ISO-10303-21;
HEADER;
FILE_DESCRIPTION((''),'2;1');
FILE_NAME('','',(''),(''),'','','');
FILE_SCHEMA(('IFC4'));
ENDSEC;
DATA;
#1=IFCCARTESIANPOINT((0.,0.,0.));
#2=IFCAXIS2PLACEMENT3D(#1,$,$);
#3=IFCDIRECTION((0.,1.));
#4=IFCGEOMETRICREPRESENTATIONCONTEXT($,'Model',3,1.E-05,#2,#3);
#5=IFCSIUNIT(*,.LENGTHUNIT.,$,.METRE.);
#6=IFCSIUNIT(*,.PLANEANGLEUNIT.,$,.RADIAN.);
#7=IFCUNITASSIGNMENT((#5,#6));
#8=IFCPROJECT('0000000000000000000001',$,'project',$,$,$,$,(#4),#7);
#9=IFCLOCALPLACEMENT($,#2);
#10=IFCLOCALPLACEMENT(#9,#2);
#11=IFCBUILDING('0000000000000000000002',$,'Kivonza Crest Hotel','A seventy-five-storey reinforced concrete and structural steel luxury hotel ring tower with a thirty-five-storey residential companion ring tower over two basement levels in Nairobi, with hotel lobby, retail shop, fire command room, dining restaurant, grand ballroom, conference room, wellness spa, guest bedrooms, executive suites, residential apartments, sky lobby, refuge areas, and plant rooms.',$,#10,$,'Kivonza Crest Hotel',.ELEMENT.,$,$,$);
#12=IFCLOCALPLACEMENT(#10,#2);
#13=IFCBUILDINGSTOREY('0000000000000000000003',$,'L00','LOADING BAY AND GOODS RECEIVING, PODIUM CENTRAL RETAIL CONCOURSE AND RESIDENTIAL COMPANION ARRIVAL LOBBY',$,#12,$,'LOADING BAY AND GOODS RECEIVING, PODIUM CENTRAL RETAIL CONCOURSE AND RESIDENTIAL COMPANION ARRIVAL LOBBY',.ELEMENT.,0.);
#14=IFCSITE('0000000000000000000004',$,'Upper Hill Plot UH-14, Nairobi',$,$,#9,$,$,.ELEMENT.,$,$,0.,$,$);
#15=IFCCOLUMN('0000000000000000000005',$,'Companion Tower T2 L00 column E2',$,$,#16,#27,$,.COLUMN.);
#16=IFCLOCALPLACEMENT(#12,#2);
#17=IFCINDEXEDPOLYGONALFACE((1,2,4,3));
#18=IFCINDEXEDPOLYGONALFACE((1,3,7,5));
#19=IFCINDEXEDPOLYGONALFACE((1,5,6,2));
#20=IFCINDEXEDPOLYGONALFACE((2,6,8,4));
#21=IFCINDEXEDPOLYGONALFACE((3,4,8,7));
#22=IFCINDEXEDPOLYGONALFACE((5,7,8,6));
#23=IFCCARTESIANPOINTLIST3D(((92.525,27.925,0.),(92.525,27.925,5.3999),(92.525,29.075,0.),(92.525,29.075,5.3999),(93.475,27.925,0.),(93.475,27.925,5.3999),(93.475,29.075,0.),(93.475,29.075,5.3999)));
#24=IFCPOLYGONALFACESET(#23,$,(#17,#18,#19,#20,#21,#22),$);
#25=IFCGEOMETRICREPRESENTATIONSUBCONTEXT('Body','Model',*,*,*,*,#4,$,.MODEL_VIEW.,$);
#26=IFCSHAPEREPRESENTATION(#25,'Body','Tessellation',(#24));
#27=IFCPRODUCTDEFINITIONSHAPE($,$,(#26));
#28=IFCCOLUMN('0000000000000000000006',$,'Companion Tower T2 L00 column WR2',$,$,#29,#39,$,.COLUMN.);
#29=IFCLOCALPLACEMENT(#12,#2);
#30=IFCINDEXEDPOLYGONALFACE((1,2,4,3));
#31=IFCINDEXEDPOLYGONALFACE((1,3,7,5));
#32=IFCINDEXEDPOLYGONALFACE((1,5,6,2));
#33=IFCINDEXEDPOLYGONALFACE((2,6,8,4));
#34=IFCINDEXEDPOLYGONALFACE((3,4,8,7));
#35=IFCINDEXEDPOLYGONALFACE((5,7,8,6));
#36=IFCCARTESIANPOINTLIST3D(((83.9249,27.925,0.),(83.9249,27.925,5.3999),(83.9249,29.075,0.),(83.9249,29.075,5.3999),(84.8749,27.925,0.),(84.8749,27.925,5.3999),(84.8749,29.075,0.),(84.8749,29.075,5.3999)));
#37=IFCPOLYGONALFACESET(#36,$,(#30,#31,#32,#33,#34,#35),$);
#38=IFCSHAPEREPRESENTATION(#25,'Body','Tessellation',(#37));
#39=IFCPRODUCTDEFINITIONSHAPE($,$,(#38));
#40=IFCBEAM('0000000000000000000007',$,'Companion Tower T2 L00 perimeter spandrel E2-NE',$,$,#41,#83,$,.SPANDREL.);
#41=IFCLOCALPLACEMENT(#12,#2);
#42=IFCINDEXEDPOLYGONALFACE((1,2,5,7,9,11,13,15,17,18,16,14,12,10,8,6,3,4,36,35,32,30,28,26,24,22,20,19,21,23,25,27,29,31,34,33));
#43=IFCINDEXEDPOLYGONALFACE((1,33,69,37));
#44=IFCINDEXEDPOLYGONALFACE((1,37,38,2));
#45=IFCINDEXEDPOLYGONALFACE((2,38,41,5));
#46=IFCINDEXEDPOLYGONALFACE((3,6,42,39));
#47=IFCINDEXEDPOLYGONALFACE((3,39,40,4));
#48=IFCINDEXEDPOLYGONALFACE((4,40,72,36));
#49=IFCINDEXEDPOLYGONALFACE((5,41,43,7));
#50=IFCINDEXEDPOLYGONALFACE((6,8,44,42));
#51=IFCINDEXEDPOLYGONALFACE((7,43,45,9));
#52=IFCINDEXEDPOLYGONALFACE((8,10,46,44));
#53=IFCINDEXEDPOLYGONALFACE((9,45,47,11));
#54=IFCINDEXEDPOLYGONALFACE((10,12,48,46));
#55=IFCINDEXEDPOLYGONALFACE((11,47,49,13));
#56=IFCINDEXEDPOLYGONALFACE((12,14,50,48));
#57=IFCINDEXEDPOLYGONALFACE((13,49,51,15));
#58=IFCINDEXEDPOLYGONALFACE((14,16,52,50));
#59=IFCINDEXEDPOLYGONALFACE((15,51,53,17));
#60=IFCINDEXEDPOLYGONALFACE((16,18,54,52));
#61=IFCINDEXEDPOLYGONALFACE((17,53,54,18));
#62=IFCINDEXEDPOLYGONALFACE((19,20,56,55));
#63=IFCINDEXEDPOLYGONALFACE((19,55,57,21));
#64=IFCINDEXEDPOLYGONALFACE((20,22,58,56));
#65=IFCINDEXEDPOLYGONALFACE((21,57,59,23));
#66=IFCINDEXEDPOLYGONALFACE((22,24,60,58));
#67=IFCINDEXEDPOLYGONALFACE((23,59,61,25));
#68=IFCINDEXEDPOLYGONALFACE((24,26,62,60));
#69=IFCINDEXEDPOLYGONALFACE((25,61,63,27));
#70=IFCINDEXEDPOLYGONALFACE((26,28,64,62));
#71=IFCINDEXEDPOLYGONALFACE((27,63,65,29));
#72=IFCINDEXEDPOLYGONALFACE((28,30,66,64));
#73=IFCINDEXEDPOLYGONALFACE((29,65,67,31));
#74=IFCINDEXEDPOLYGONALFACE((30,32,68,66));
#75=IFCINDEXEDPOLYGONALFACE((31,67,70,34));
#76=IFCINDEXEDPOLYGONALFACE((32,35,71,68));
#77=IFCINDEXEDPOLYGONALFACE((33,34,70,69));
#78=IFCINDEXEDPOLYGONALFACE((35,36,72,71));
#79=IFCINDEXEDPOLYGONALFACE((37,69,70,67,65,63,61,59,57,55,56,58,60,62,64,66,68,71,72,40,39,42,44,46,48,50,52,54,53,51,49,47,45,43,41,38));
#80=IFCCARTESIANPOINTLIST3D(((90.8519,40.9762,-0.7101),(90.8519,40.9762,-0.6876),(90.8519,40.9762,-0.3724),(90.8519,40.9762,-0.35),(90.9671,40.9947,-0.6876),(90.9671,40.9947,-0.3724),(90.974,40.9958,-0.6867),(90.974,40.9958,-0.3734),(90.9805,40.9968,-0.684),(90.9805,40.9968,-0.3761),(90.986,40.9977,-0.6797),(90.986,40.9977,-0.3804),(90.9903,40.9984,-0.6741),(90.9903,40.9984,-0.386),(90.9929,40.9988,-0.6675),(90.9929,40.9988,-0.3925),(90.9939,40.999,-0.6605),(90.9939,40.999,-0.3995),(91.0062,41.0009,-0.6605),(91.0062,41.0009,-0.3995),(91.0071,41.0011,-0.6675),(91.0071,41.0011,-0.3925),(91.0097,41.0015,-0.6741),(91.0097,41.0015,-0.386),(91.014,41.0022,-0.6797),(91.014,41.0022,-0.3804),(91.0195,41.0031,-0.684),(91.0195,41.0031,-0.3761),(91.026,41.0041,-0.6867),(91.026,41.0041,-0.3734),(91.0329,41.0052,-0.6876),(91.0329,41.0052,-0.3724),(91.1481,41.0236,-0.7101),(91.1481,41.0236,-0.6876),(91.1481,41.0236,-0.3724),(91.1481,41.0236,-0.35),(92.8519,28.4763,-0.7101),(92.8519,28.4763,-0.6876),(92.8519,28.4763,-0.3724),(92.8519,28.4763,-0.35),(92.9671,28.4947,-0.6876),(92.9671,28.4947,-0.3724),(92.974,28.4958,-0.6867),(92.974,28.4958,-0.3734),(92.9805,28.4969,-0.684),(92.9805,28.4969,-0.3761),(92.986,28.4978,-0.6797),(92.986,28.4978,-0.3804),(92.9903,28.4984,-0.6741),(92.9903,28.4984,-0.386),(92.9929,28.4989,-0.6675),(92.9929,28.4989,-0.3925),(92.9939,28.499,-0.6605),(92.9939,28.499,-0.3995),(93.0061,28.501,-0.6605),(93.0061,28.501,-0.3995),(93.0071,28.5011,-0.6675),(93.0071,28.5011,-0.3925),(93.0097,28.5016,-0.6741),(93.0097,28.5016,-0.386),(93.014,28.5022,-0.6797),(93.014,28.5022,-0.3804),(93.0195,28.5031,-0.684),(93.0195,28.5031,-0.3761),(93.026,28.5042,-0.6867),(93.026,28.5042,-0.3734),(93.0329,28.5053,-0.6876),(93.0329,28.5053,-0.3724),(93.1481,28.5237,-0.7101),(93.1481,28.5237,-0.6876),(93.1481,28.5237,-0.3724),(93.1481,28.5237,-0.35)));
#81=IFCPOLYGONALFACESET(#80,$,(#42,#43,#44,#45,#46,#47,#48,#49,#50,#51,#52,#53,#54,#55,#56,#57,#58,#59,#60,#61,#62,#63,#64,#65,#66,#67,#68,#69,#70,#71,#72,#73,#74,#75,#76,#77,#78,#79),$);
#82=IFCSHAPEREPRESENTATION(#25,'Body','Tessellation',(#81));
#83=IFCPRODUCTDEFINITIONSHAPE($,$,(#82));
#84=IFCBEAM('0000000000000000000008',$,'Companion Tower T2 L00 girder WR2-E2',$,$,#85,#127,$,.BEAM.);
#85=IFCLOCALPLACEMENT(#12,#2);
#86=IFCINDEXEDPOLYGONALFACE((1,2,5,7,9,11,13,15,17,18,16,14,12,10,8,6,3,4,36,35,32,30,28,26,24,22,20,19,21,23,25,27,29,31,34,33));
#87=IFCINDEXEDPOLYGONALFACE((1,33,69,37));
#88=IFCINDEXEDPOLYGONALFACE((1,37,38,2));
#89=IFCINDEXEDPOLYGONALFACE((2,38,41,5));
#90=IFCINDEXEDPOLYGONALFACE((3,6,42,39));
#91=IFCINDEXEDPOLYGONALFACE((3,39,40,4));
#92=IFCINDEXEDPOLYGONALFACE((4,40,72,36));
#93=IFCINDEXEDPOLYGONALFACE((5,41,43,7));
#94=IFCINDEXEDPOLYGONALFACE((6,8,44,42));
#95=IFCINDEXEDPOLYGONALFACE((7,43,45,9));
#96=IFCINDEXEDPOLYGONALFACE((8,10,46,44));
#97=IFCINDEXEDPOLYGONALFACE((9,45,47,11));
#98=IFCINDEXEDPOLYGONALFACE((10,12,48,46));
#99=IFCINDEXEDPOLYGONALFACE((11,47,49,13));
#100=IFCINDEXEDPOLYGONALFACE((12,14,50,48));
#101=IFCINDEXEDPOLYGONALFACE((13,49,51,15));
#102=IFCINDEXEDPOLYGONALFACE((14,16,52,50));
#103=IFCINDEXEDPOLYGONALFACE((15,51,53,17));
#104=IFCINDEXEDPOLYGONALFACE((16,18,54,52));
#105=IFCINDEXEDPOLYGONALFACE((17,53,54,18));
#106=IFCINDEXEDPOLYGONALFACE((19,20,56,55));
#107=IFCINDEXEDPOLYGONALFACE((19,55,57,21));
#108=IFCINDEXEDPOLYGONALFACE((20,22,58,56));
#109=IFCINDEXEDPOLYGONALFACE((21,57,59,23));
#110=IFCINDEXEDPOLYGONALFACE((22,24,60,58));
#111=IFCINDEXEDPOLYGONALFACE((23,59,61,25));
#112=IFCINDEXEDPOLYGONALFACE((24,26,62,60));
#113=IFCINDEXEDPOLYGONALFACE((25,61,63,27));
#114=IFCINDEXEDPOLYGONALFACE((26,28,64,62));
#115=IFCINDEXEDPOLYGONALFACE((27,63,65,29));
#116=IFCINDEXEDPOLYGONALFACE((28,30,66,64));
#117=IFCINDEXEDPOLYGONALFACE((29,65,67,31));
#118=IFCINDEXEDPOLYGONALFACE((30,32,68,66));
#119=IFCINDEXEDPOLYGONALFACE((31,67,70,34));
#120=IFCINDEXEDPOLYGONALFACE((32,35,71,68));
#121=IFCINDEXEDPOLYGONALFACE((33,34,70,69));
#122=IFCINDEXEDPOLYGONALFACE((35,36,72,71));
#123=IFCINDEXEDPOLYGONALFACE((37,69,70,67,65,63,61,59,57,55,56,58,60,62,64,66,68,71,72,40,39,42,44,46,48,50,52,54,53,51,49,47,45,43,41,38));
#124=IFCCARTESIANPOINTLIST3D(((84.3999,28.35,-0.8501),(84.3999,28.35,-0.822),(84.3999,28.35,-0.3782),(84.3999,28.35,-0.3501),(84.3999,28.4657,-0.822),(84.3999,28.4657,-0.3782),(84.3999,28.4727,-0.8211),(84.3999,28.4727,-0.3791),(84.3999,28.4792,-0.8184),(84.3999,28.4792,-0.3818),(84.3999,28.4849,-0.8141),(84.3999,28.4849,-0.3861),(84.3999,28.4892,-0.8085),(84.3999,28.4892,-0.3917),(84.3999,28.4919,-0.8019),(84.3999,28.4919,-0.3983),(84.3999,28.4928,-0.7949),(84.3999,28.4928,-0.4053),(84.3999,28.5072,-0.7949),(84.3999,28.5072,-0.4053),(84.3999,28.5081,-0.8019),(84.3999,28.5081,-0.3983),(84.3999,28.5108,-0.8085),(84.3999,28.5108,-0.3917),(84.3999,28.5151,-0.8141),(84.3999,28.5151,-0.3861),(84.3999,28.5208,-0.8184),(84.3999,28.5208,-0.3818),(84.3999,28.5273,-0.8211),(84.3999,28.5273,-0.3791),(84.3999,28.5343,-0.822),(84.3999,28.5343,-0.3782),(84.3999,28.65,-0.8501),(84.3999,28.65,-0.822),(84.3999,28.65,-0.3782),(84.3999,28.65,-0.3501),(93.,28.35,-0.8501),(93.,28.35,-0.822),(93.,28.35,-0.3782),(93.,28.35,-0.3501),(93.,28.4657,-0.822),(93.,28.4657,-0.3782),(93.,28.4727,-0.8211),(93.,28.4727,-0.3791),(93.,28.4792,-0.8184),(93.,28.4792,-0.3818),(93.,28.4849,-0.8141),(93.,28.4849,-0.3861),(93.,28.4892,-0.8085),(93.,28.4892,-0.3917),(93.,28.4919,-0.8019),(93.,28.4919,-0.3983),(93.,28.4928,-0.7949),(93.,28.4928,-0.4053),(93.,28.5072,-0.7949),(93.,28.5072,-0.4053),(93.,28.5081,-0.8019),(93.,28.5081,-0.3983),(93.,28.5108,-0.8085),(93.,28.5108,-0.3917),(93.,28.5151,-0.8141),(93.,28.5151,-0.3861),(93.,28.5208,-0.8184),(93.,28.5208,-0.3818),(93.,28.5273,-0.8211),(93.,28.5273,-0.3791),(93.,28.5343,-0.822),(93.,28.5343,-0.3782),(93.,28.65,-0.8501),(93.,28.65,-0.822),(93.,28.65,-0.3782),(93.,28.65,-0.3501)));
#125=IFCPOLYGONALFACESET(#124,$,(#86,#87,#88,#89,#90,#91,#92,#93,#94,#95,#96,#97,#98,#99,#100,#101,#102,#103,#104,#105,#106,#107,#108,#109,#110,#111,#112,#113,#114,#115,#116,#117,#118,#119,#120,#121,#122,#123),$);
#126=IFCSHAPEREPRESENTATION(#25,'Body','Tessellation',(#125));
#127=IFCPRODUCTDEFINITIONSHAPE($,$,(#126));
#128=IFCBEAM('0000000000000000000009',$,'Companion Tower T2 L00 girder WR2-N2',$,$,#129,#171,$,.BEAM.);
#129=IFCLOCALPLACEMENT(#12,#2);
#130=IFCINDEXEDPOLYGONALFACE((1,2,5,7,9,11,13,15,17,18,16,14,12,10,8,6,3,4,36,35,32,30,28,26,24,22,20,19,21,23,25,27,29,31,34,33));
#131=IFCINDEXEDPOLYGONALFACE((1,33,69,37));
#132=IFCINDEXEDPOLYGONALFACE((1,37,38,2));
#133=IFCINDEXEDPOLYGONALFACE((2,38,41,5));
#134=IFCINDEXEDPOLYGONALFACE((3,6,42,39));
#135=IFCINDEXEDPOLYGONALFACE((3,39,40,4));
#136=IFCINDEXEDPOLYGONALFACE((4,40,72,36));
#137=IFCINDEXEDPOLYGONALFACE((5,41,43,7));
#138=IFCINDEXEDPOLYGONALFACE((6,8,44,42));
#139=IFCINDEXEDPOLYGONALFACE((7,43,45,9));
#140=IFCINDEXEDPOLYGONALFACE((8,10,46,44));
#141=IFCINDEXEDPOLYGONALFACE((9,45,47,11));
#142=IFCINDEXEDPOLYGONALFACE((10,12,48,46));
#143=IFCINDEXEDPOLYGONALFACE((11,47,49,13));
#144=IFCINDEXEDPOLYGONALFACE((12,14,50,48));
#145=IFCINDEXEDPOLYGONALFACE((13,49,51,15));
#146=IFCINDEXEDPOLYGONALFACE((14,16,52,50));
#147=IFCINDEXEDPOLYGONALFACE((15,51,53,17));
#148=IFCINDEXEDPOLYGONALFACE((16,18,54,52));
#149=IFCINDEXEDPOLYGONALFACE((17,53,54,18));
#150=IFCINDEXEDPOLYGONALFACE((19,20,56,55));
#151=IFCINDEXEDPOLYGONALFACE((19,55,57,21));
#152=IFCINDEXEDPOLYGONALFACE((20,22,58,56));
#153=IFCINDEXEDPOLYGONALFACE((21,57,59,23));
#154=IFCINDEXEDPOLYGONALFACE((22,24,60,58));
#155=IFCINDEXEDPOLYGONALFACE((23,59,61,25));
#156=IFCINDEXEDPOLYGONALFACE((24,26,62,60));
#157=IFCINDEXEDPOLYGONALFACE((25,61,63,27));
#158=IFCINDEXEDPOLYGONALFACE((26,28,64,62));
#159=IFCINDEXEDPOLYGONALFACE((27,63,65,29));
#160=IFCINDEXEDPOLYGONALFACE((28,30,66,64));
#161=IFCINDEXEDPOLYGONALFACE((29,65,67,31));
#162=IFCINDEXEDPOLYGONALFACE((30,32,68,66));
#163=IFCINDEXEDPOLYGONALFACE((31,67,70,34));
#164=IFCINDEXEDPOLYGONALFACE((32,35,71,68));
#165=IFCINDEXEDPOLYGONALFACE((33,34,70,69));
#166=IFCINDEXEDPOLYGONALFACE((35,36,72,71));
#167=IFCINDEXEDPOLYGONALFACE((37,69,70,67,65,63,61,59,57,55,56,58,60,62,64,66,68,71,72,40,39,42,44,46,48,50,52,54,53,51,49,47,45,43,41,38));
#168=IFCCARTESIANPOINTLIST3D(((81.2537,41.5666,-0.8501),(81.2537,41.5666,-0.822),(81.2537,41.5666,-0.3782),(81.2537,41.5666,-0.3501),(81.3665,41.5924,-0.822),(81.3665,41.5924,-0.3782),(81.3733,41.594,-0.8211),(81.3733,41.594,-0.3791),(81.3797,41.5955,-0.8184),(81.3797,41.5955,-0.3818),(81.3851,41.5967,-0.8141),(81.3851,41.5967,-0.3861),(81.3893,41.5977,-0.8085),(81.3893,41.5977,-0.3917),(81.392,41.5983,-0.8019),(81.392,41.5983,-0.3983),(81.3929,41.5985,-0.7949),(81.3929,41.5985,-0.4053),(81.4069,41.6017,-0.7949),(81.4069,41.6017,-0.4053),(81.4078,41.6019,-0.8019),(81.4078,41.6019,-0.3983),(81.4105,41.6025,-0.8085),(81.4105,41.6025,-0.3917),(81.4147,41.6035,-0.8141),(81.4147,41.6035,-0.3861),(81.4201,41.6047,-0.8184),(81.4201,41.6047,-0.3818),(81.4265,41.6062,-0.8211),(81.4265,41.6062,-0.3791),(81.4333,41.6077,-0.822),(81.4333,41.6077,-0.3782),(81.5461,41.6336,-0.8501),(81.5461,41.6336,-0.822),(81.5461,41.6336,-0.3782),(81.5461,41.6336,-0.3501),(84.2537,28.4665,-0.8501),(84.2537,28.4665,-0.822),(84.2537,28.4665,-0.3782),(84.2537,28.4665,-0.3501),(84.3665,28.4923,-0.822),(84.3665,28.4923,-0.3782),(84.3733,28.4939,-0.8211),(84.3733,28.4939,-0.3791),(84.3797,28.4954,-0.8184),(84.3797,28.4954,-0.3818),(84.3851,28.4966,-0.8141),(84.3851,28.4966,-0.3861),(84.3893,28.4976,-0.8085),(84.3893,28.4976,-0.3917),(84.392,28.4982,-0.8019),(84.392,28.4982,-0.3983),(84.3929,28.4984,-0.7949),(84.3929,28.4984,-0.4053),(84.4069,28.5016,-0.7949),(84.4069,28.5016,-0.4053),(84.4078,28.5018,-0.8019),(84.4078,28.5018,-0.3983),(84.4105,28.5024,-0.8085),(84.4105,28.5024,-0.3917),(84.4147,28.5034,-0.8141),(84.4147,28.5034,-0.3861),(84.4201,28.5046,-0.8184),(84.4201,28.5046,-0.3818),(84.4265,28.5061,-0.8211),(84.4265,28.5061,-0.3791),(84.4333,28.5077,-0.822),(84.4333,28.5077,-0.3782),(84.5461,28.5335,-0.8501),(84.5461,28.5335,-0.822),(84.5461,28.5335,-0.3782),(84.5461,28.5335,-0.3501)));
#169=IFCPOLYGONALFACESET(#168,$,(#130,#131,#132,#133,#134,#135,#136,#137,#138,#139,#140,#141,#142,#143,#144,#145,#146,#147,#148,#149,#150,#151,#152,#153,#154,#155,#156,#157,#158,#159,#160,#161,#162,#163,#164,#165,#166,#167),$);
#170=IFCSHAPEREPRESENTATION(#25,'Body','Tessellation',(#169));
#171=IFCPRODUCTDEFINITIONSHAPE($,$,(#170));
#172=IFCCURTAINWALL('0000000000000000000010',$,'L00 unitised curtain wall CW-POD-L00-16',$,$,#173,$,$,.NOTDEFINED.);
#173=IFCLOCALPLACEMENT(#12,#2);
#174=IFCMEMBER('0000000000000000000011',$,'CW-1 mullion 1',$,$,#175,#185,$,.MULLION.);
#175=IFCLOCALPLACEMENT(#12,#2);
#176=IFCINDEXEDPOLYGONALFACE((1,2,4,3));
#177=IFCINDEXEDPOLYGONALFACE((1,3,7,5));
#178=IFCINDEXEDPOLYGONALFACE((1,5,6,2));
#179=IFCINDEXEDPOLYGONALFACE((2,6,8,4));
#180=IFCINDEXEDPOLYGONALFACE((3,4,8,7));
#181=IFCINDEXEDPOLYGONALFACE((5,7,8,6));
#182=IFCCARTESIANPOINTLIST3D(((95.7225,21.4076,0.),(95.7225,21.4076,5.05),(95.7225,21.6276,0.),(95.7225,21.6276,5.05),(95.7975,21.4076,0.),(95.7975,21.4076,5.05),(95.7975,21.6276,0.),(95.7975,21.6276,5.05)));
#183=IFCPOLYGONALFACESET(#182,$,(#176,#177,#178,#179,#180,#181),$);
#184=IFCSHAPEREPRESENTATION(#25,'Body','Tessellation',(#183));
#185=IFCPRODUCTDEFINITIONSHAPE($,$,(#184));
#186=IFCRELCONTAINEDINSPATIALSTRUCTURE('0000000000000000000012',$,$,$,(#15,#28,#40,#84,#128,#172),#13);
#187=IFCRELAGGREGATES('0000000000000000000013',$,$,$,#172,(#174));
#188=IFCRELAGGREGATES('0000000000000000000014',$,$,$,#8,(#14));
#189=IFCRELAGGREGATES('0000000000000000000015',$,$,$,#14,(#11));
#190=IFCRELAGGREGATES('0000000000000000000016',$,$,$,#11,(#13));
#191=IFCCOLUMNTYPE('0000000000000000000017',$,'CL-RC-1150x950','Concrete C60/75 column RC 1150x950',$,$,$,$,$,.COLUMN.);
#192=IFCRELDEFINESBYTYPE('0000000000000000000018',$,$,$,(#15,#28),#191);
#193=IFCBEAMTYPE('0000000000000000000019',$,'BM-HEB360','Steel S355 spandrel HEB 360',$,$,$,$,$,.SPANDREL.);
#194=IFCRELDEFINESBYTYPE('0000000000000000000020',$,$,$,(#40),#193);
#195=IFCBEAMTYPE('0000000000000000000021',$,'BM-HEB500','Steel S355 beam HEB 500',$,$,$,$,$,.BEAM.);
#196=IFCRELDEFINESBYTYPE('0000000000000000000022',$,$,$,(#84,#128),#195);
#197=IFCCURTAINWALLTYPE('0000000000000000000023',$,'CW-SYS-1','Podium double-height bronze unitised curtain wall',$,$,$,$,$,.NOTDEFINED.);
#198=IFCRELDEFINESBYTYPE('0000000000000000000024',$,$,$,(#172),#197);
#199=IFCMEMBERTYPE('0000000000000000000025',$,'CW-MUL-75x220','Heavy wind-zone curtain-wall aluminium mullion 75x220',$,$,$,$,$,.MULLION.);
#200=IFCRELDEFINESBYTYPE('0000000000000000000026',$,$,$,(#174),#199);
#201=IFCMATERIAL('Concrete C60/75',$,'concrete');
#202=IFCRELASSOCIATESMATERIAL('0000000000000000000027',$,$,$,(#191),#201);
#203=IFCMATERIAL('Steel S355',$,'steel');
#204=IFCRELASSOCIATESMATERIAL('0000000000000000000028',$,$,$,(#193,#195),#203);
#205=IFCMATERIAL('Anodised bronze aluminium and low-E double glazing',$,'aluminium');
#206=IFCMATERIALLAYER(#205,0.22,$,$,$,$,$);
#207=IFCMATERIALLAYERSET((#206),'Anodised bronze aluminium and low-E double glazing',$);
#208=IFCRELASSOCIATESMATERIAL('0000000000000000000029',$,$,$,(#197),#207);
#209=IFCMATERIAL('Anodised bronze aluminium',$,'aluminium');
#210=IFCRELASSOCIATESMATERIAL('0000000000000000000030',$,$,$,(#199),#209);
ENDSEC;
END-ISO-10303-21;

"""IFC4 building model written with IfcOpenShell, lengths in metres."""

from ifc_helpers import new_model, si_unit, direction, frame, origin, origin_2d, place, context, subcontext, project, spatial, rectangle, i_section, extrude, material, layer, layer_set, material_profile, profile_set, type_object, element, aggregate, save


model = new_model("IFC4")

# Units and contexts
model_context = context("Model", 3, precision=1e-05, world=origin(), true_north=direction((0.0, 1.0)))
body_context = subcontext(model_context, "Body", "Model", "MODEL_VIEW")
ifc_project = project(units=[si_unit("LENGTHUNIT", "METRE"), si_unit("PLANEANGLEUNIT", "RADIAN")], contexts=[model_context])

# Site, building, storey
site_placement = place(None, origin())
site = spatial("IfcSite", under=ifc_project, at=site_placement, Name="Upper Hill Plot UH-14, Nairobi", CompositionType="ELEMENT", RefElevation=0.0)
building_placement = place(site_placement, origin())
building = spatial("IfcBuilding", under=site, at=building_placement, Name="Kivonza Crest Hotel", Description="A seventy-five-storey reinforced concrete and structural steel luxury hotel ring tower with a thirty-five-storey residential companion ring tower over two basement levels in Nairobi, with hotel lobby, retail shop, fire command room, dining restaurant, grand ballroom, conference room, wellness spa, guest bedrooms, executive suites, residential apartments, sky lobby, refuge areas, and plant rooms.", LongName="Kivonza Crest Hotel", CompositionType="ELEMENT")
storey_placement = place(building_placement, origin())
storey = spatial("IfcBuildingStorey", under=building, at=storey_placement, Name="L00", Description="LOADING BAY AND GOODS RECEIVING, PODIUM CENTRAL RETAIL CONCOURSE AND RESIDENTIAL COMPANION ARRIVAL LOBBY", LongName="LOADING BAY AND GOODS RECEIVING, PODIUM CENTRAL RETAIL CONCOURSE AND RESIDENTIAL COMPANION ARRIVAL LOBBY", CompositionType="ELEMENT", Elevation=0.0)

# Columns
ifc_material_1 = material(Name="Concrete C60/75", Category="concrete")
ifc_material_profile_1 = material_profile(ifc_material_1, rectangle(XDim=0.95, YDim=1.1499, at=origin_2d()), Name="RC 1150x950")
ifc_profile_set_1 = profile_set([ifc_material_profile_1], Name="Concrete C60/75")
column_type = type_object("IfcColumnType", Name="CL-RC-1150x950", Description="Concrete C60/75 column RC 1150x950", PredefinedType="COLUMN", material=ifc_profile_set_1)
for number, where, z_axis, x_axis, name in (
    (1, (93.0, 28.5, 0.0), (0.0, 0.0, 1.0), (1.0, 0.0, 0.0), "Companion Tower T2 L00 column E2"),
    (2, (84.3999, 28.5, 0.0), (0.0, 0.0, 1.0), (1.0, 0.0, 0.0), "Companion Tower T2 L00 column WR2"),
):
    element("IfcColumn", number, at=place(storey_placement, frame(where, z_axis=z_axis, x_axis=x_axis)), inside=storey, type_object=column_type, Name=name, PredefinedType="COLUMN", context=body_context, shape_type="SweptSolid", body=[
        extrude(rectangle(XDim=0.95, YDim=1.1499, at=origin_2d()), origin(), (0.0, 0.0, 1.0), 5.3999),
    ])

# Beams
ifc_material_2 = material(Name="Steel S355", Category="steel")
ifc_material_profile_2 = material_profile(ifc_material_2, i_section(OverallWidth=0.3, OverallDepth=0.3601, WebThickness=0.0125, FlangeThickness=0.0225, FilletRadius=0.0271, at=origin_2d()), Name="HEB 360")
ifc_profile_set_2 = profile_set([ifc_material_profile_2], Name="Steel S355")
beam_type_1 = type_object("IfcBeamType", Name="BM-HEB360", Description="Steel S355 spandrel HEB 360", PredefinedType="SPANDREL", material=ifc_profile_set_2)
beam_1_placement = place(storey_placement, frame((93.0, 28.5, -0.53), z_axis=(-0.157991, 0.987441, 0.0), x_axis=(-0.987441, -0.157991, 0.0)))
element("IfcBeam", 3, at=beam_1_placement, inside=storey, type_object=beam_type_1, Name="Companion Tower T2 L00 perimeter spandrel E2-NE", PredefinedType="SPANDREL", context=body_context, shape_type="SweptSolid", body=[
    extrude(i_section(OverallWidth=0.3, OverallDepth=0.3601, WebThickness=0.0125, FlangeThickness=0.0225, FilletRadius=0.0271, at=origin_2d()), origin(), (0.0, 0.0, 1.0), 12.6589),
])
ifc_material_profile_3 = material_profile(ifc_material_2, i_section(OverallWidth=0.3, OverallDepth=0.5, WebThickness=0.0144, FlangeThickness=0.0281, FilletRadius=0.0271, at=origin_2d()), Name="HEB 500")
ifc_profile_set_3 = profile_set([ifc_material_profile_3], Name="Steel S355")
beam_type_2 = type_object("IfcBeamType", Name="BM-HEB500", Description="Steel S355 beam HEB 500", PredefinedType="BEAM", material=ifc_profile_set_3)
beam_2_placement = place(storey_placement, frame((84.3999, 28.5, -0.6001), z_axis=(1.0, 0.0, 0.0), x_axis=(0.0, 1.0, 0.0)))
element("IfcBeam", 4, at=beam_2_placement, inside=storey, type_object=beam_type_2, Name="Companion Tower T2 L00 girder WR2-E2", PredefinedType="BEAM", context=body_context, shape_type="SweptSolid", body=[
    extrude(i_section(OverallWidth=0.3, OverallDepth=0.5, WebThickness=0.0144, FlangeThickness=0.0281, FilletRadius=0.0271, at=origin_2d()), origin(), (0.0, 0.0, 1.0), 8.6001),
])
beam_3_placement = place(storey_placement, frame((84.3999, 28.5, -0.6001), z_axis=(-0.223227, 0.974766, 0.0), x_axis=(-0.974766, -0.223227, 0.0)))
element("IfcBeam", 5, at=beam_3_placement, inside=storey, type_object=beam_type_2, Name="Companion Tower T2 L00 girder WR2-N2", PredefinedType="BEAM", context=body_context, shape_type="SweptSolid", body=[
    extrude(i_section(OverallWidth=0.3, OverallDepth=0.5, WebThickness=0.0144, FlangeThickness=0.0281, FilletRadius=0.0271, at=origin_2d()), origin(), (0.0, 0.0, 1.0), 13.4392),
])

# Curtain wall, member
ifc_material_3 = material(Name="Anodised bronze aluminium and low-E double glazing", Category="aluminium")
ifc_layer_1 = layer(ifc_material_3, 0.22)
ifc_layer_set_1 = layer_set([ifc_layer_1], Name="Anodised bronze aluminium and low-E double glazing")
curtain_wall_type = type_object("IfcCurtainWallType", Name="CW-SYS-1", Description="Podium double-height bronze unitised curtain wall", PredefinedType="NOTDEFINED", material=ifc_layer_set_1)
curtain_wall_placement = place(storey_placement, origin())
curtain_wall = element("IfcCurtainWall", 6, at=curtain_wall_placement, inside=storey, type_object=curtain_wall_type, Name="L00 unitised curtain wall CW-POD-L00-16", PredefinedType="NOTDEFINED")
ifc_material_4 = material(Name="Anodised bronze aluminium", Category="aluminium")
ifc_material_profile_4 = material_profile(ifc_material_4, rectangle(XDim=0.075, YDim=0.22, at=origin_2d()), Name="CW-M 75x220")
ifc_profile_set_4 = profile_set([ifc_material_profile_4], Name="Anodised bronze aluminium")
member_type_1 = type_object("IfcMemberType", Name="CW-MUL-75x220", Description="Heavy wind-zone curtain-wall aluminium mullion 75x220", PredefinedType="MULLION", material=ifc_profile_set_4)
member_1_placement = place(storey_placement, frame((95.76, 21.5176, 0.0), z_axis=(0.0, 0.0, 1.0), x_axis=(-1.0, 0.0, 0.0)))
member_1 = element("IfcMember", 7, at=member_1_placement, type_object=member_type_1, Name="CW-1 mullion 1", PredefinedType="MULLION", context=body_context, shape_type="SweptSolid", body=[
    extrude(rectangle(XDim=0.075, YDim=0.22, at=origin_2d()), origin(), (0.0, 0.0, 1.0), 5.05),
])
aggregate(curtain_wall, [member_1])

save(model, "model.ifc")
